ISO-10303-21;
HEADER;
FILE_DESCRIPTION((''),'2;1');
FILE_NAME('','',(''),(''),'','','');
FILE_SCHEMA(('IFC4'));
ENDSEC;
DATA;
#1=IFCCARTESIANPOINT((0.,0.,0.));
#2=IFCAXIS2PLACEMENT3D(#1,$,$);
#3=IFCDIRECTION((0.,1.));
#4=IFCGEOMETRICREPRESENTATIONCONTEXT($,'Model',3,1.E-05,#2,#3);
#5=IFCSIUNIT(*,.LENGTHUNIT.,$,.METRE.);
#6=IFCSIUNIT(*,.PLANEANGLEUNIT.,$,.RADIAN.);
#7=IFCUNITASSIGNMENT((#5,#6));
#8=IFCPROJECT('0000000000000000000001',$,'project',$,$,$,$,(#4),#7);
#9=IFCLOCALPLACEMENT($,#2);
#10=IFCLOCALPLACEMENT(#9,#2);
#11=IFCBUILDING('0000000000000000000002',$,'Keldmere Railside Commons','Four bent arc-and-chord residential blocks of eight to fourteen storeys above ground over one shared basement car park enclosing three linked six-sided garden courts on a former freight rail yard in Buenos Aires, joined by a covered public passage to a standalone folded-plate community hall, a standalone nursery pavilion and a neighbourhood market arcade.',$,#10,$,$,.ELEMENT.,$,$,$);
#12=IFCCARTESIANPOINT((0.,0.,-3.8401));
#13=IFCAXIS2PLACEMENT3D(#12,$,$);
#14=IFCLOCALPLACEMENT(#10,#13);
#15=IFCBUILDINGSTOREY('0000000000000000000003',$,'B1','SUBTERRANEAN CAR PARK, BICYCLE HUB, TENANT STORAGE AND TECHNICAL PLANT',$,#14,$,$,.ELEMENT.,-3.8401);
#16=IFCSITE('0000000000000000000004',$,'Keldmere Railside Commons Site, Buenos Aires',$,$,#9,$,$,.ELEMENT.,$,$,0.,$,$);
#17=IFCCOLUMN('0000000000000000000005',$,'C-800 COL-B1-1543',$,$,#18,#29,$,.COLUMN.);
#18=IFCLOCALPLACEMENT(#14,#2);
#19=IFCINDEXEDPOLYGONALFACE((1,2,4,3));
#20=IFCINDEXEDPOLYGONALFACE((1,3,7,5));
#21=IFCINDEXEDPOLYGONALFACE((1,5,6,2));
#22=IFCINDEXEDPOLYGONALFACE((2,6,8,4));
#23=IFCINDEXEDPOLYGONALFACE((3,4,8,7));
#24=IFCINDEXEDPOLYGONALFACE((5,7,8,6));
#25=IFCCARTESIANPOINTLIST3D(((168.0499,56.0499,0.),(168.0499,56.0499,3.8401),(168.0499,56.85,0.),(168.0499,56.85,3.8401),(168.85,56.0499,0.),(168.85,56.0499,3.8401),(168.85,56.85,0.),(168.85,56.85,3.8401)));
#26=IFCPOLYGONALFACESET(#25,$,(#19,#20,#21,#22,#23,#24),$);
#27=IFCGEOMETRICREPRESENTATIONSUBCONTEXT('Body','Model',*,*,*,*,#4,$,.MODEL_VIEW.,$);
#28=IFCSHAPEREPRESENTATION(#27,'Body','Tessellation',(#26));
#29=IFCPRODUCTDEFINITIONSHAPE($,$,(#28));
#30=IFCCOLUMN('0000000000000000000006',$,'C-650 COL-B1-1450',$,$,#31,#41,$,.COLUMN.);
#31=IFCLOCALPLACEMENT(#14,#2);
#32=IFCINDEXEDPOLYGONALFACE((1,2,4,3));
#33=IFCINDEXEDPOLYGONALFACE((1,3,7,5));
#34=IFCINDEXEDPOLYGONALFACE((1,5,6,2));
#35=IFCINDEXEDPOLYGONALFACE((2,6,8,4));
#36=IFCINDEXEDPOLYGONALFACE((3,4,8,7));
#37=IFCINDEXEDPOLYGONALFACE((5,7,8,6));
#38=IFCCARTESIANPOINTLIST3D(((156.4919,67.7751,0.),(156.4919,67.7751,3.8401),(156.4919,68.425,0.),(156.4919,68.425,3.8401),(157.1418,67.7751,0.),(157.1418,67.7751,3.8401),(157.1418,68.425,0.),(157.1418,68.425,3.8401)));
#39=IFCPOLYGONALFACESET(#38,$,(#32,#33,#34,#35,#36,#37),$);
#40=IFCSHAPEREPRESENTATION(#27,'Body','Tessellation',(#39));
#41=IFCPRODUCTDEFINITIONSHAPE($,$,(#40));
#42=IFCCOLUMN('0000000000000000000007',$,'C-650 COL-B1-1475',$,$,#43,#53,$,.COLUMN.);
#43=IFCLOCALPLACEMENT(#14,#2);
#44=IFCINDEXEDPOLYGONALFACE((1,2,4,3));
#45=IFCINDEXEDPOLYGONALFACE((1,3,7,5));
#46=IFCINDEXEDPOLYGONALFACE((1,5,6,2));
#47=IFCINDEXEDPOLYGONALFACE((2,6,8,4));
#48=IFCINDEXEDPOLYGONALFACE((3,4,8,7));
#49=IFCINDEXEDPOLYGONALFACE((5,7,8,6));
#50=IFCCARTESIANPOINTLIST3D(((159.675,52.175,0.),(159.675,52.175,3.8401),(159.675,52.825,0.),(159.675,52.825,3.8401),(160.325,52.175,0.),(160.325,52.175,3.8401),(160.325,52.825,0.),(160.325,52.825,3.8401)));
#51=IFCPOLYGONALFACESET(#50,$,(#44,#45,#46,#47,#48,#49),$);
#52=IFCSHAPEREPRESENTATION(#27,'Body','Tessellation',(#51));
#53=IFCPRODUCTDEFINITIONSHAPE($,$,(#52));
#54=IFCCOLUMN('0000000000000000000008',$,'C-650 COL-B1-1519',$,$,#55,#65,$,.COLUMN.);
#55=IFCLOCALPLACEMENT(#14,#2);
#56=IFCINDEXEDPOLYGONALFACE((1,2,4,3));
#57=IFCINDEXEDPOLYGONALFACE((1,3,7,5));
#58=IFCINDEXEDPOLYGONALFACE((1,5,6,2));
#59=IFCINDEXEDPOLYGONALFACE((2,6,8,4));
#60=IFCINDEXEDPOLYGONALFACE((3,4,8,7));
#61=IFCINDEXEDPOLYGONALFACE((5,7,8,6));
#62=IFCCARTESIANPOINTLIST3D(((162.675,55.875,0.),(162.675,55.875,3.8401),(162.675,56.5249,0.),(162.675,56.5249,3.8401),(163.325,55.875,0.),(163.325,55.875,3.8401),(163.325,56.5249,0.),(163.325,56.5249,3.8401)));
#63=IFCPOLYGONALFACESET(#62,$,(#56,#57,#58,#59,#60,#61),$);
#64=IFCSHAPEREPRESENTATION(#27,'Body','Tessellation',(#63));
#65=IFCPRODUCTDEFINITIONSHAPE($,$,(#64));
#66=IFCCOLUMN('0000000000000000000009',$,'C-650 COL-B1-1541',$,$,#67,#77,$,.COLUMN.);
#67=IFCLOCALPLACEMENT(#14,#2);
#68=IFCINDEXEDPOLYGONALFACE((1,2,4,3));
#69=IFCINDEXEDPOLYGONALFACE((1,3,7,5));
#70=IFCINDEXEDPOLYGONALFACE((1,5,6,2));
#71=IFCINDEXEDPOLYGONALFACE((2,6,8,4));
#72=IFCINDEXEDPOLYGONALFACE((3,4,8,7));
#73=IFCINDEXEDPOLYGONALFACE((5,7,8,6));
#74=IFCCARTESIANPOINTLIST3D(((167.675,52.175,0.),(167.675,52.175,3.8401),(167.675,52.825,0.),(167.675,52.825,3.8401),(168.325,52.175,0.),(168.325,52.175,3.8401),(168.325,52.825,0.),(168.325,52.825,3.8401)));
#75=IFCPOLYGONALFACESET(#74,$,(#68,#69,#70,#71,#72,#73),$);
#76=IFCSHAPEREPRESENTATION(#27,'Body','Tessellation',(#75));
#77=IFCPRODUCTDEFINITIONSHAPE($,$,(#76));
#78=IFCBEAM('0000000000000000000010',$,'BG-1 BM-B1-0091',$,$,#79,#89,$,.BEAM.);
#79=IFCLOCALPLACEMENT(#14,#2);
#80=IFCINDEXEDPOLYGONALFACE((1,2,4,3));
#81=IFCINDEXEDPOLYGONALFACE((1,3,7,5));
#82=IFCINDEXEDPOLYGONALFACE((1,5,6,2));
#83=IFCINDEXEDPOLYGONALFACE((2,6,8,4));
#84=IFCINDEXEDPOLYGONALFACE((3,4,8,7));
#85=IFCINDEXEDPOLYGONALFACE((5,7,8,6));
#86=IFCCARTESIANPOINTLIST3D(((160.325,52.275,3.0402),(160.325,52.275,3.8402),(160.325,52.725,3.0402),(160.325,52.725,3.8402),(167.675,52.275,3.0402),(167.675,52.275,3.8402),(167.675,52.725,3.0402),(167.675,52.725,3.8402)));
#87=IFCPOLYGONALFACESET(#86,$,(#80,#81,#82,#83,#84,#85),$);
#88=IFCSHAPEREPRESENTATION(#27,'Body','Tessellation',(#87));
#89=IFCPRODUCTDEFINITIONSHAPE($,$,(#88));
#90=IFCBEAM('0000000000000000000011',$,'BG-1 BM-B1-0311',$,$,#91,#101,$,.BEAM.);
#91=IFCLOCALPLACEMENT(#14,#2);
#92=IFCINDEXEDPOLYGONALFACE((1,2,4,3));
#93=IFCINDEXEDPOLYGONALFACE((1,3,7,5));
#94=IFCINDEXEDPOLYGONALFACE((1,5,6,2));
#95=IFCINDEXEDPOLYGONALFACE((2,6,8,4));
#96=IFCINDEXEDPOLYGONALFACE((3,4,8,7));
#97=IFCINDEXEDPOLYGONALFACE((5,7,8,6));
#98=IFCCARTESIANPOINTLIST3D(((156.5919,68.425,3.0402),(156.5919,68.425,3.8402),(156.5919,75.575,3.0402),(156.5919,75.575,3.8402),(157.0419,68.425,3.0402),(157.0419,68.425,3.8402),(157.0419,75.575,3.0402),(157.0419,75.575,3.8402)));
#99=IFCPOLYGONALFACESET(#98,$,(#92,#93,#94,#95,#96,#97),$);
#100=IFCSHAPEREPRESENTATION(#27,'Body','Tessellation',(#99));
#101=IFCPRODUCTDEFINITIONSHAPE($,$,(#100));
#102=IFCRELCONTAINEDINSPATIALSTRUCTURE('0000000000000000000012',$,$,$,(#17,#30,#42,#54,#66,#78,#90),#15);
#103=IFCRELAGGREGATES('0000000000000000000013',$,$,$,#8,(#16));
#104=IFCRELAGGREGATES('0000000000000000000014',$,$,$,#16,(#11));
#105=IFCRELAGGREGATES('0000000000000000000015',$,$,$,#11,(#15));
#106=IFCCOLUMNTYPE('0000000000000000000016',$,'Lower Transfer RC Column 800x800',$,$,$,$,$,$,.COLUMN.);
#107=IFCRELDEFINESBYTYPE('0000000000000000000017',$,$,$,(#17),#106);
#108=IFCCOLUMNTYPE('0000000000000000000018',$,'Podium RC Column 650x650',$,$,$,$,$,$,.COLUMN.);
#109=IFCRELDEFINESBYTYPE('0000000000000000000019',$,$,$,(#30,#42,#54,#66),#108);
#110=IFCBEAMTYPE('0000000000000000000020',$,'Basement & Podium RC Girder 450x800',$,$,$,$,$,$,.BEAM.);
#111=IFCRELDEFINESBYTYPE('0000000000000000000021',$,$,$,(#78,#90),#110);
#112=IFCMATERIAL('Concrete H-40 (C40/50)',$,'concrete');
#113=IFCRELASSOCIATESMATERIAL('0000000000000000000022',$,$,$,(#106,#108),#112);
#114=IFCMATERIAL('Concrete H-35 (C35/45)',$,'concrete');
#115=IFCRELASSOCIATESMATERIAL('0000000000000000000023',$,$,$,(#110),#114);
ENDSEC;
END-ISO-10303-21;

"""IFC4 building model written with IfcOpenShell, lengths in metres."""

from ifc_helpers import new_model, si_unit, direction, frame, origin, origin_2d, place, context, subcontext, project, spatial, rectangle, extrude, material, material_profile, profile_set, type_object, element, save


model = new_model("IFC4")

# Units and contexts
model_context = context("Model", 3, precision=1e-05, world=origin(), true_north=direction((0.0, 1.0)))
body_context = subcontext(model_context, "Body", "Model", "MODEL_VIEW")
ifc_project = project(units=[si_unit("LENGTHUNIT", "METRE"), si_unit("PLANEANGLEUNIT", "RADIAN")], contexts=[model_context])

# Site, building, storey
site_placement = place(None, origin())
site = spatial("IfcSite", under=ifc_project, at=site_placement, Name="Keldmere Railside Commons Site, Buenos Aires", CompositionType="ELEMENT", RefElevation=0.0)
building_placement = place(site_placement, origin())
building = spatial("IfcBuilding", under=site, at=building_placement, Name="Keldmere Railside Commons", Description="Four bent arc-and-chord residential blocks of eight to fourteen storeys above ground over one shared basement car park enclosing three linked six-sided garden courts on a former freight rail yard in Buenos Aires, joined by a covered public passage to a standalone folded-plate community hall, a standalone nursery pavilion and a neighbourhood market arcade.", CompositionType="ELEMENT")
storey_placement = place(building_placement, frame((0.0, 0.0, -3.8401)))
storey = spatial("IfcBuildingStorey", under=building, at=storey_placement, Name="B1", Description="SUBTERRANEAN CAR PARK, BICYCLE HUB, TENANT STORAGE AND TECHNICAL PLANT", CompositionType="ELEMENT", Elevation=-3.8401)

# Shared definitions
ifc_material_1 = material(Name="Concrete H-40 (C40/50)", Category="concrete")

# Columns
ifc_material_profile_1 = material_profile(ifc_material_1, rectangle(XDim=0.8, YDim=0.8, at=origin_2d()), Name="RC-800x800")
ifc_profile_set_1 = profile_set([ifc_material_profile_1], Name="Concrete H-40 (C40/50)")
column_type_1 = type_object("IfcColumnType", Name="Lower Transfer RC Column 800x800", PredefinedType="COLUMN", material=ifc_profile_set_1)
column_placement = place(storey_placement, frame((168.45, 56.45, 0.0), z_axis=(0.0, 0.0, 1.0), x_axis=(1.0, 0.0, 0.0)))
element("IfcColumn", 1, at=column_placement, inside=storey, type_object=column_type_1, Name="C-800 COL-B1-1543", PredefinedType="COLUMN", context=body_context, shape_type="SweptSolid", body=[
    extrude(rectangle(XDim=0.8, YDim=0.8, at=origin_2d()), origin(), (0.0, 0.0, 1.0), 3.8401),
])
ifc_material_profile_2 = material_profile(ifc_material_1, rectangle(XDim=0.6499, YDim=0.6499, at=origin_2d()), Name="RC-650x650")
ifc_profile_set_2 = profile_set([ifc_material_profile_2], Name="Concrete H-40 (C40/50)")
column_type_2 = type_object("IfcColumnType", Name="Podium RC Column 650x650", PredefinedType="COLUMN", material=ifc_profile_set_2)
for number, where, z_axis, x_axis, name in (
    (2, (156.8169, 68.1001, 0.0), (0.0, 0.0, 1.0), (1.0, 0.0, 0.0), "C-650 COL-B1-1450"),
    (3, (160.0, 52.5, 0.0), (0.0, 0.0, 1.0), (1.0, 0.0, 0.0), "C-650 COL-B1-1475"),
    (4, (163.0, 56.2, 0.0), (0.0, 0.0, 1.0), (1.0, 0.0, 0.0), "C-650 COL-B1-1519"),
    (5, (168.0, 52.5, 0.0), (0.0, 0.0, 1.0), (1.0, 0.0, 0.0), "C-650 COL-B1-1541"),
):
    element("IfcColumn", number, at=place(storey_placement, frame(where, z_axis=z_axis, x_axis=x_axis)), inside=storey, type_object=column_type_2, Name=name, PredefinedType="COLUMN", context=body_context, shape_type="SweptSolid", body=[
        extrude(rectangle(XDim=0.6499, YDim=0.6499, at=origin_2d()), origin(), (0.0, 0.0, 1.0), 3.8401),
    ])

# Beams
ifc_material_2 = material(Name="Concrete H-35 (C35/45)", Category="concrete")
ifc_material_profile_3 = material_profile(ifc_material_2, rectangle(XDim=0.45, YDim=0.8, at=origin_2d()), Name="RC-450x800")
ifc_profile_set_3 = profile_set([ifc_material_profile_3], Name="Concrete H-35 (C35/45)")
beam_type = type_object("IfcBeamType", Name="Basement & Podium RC Girder 450x800", PredefinedType="BEAM", material=ifc_profile_set_3)
beam_1_placement = place(storey_placement, frame((160.325, 52.5, 3.4402), z_axis=(1.0, 0.0, 0.0), x_axis=(0.0, 1.0, 0.0)))
element("IfcBeam", 6, at=beam_1_placement, inside=storey, type_object=beam_type, Name="BG-1 BM-B1-0091", PredefinedType="BEAM", context=body_context, shape_type="SweptSolid", body=[
    extrude(rectangle(XDim=0.45, YDim=0.8, at=origin_2d()), origin(), (0.0, 0.0, 1.0), 7.3501),
])
beam_2_placement = place(storey_placement, frame((156.8169, 68.425, 3.4402), z_axis=(0.0, 1.0, 0.0), x_axis=(-1.0, 0.0, 0.0)))
element("IfcBeam", 7, at=beam_2_placement, inside=storey, type_object=beam_type, Name="BG-1 BM-B1-0311", PredefinedType="BEAM", context=body_context, shape_type="SweptSolid", body=[
    extrude(rectangle(XDim=0.45, YDim=0.8, at=origin_2d()), origin(), (0.0, 0.0, 1.0), 7.1499),
])

save(model, "model.ifc")
